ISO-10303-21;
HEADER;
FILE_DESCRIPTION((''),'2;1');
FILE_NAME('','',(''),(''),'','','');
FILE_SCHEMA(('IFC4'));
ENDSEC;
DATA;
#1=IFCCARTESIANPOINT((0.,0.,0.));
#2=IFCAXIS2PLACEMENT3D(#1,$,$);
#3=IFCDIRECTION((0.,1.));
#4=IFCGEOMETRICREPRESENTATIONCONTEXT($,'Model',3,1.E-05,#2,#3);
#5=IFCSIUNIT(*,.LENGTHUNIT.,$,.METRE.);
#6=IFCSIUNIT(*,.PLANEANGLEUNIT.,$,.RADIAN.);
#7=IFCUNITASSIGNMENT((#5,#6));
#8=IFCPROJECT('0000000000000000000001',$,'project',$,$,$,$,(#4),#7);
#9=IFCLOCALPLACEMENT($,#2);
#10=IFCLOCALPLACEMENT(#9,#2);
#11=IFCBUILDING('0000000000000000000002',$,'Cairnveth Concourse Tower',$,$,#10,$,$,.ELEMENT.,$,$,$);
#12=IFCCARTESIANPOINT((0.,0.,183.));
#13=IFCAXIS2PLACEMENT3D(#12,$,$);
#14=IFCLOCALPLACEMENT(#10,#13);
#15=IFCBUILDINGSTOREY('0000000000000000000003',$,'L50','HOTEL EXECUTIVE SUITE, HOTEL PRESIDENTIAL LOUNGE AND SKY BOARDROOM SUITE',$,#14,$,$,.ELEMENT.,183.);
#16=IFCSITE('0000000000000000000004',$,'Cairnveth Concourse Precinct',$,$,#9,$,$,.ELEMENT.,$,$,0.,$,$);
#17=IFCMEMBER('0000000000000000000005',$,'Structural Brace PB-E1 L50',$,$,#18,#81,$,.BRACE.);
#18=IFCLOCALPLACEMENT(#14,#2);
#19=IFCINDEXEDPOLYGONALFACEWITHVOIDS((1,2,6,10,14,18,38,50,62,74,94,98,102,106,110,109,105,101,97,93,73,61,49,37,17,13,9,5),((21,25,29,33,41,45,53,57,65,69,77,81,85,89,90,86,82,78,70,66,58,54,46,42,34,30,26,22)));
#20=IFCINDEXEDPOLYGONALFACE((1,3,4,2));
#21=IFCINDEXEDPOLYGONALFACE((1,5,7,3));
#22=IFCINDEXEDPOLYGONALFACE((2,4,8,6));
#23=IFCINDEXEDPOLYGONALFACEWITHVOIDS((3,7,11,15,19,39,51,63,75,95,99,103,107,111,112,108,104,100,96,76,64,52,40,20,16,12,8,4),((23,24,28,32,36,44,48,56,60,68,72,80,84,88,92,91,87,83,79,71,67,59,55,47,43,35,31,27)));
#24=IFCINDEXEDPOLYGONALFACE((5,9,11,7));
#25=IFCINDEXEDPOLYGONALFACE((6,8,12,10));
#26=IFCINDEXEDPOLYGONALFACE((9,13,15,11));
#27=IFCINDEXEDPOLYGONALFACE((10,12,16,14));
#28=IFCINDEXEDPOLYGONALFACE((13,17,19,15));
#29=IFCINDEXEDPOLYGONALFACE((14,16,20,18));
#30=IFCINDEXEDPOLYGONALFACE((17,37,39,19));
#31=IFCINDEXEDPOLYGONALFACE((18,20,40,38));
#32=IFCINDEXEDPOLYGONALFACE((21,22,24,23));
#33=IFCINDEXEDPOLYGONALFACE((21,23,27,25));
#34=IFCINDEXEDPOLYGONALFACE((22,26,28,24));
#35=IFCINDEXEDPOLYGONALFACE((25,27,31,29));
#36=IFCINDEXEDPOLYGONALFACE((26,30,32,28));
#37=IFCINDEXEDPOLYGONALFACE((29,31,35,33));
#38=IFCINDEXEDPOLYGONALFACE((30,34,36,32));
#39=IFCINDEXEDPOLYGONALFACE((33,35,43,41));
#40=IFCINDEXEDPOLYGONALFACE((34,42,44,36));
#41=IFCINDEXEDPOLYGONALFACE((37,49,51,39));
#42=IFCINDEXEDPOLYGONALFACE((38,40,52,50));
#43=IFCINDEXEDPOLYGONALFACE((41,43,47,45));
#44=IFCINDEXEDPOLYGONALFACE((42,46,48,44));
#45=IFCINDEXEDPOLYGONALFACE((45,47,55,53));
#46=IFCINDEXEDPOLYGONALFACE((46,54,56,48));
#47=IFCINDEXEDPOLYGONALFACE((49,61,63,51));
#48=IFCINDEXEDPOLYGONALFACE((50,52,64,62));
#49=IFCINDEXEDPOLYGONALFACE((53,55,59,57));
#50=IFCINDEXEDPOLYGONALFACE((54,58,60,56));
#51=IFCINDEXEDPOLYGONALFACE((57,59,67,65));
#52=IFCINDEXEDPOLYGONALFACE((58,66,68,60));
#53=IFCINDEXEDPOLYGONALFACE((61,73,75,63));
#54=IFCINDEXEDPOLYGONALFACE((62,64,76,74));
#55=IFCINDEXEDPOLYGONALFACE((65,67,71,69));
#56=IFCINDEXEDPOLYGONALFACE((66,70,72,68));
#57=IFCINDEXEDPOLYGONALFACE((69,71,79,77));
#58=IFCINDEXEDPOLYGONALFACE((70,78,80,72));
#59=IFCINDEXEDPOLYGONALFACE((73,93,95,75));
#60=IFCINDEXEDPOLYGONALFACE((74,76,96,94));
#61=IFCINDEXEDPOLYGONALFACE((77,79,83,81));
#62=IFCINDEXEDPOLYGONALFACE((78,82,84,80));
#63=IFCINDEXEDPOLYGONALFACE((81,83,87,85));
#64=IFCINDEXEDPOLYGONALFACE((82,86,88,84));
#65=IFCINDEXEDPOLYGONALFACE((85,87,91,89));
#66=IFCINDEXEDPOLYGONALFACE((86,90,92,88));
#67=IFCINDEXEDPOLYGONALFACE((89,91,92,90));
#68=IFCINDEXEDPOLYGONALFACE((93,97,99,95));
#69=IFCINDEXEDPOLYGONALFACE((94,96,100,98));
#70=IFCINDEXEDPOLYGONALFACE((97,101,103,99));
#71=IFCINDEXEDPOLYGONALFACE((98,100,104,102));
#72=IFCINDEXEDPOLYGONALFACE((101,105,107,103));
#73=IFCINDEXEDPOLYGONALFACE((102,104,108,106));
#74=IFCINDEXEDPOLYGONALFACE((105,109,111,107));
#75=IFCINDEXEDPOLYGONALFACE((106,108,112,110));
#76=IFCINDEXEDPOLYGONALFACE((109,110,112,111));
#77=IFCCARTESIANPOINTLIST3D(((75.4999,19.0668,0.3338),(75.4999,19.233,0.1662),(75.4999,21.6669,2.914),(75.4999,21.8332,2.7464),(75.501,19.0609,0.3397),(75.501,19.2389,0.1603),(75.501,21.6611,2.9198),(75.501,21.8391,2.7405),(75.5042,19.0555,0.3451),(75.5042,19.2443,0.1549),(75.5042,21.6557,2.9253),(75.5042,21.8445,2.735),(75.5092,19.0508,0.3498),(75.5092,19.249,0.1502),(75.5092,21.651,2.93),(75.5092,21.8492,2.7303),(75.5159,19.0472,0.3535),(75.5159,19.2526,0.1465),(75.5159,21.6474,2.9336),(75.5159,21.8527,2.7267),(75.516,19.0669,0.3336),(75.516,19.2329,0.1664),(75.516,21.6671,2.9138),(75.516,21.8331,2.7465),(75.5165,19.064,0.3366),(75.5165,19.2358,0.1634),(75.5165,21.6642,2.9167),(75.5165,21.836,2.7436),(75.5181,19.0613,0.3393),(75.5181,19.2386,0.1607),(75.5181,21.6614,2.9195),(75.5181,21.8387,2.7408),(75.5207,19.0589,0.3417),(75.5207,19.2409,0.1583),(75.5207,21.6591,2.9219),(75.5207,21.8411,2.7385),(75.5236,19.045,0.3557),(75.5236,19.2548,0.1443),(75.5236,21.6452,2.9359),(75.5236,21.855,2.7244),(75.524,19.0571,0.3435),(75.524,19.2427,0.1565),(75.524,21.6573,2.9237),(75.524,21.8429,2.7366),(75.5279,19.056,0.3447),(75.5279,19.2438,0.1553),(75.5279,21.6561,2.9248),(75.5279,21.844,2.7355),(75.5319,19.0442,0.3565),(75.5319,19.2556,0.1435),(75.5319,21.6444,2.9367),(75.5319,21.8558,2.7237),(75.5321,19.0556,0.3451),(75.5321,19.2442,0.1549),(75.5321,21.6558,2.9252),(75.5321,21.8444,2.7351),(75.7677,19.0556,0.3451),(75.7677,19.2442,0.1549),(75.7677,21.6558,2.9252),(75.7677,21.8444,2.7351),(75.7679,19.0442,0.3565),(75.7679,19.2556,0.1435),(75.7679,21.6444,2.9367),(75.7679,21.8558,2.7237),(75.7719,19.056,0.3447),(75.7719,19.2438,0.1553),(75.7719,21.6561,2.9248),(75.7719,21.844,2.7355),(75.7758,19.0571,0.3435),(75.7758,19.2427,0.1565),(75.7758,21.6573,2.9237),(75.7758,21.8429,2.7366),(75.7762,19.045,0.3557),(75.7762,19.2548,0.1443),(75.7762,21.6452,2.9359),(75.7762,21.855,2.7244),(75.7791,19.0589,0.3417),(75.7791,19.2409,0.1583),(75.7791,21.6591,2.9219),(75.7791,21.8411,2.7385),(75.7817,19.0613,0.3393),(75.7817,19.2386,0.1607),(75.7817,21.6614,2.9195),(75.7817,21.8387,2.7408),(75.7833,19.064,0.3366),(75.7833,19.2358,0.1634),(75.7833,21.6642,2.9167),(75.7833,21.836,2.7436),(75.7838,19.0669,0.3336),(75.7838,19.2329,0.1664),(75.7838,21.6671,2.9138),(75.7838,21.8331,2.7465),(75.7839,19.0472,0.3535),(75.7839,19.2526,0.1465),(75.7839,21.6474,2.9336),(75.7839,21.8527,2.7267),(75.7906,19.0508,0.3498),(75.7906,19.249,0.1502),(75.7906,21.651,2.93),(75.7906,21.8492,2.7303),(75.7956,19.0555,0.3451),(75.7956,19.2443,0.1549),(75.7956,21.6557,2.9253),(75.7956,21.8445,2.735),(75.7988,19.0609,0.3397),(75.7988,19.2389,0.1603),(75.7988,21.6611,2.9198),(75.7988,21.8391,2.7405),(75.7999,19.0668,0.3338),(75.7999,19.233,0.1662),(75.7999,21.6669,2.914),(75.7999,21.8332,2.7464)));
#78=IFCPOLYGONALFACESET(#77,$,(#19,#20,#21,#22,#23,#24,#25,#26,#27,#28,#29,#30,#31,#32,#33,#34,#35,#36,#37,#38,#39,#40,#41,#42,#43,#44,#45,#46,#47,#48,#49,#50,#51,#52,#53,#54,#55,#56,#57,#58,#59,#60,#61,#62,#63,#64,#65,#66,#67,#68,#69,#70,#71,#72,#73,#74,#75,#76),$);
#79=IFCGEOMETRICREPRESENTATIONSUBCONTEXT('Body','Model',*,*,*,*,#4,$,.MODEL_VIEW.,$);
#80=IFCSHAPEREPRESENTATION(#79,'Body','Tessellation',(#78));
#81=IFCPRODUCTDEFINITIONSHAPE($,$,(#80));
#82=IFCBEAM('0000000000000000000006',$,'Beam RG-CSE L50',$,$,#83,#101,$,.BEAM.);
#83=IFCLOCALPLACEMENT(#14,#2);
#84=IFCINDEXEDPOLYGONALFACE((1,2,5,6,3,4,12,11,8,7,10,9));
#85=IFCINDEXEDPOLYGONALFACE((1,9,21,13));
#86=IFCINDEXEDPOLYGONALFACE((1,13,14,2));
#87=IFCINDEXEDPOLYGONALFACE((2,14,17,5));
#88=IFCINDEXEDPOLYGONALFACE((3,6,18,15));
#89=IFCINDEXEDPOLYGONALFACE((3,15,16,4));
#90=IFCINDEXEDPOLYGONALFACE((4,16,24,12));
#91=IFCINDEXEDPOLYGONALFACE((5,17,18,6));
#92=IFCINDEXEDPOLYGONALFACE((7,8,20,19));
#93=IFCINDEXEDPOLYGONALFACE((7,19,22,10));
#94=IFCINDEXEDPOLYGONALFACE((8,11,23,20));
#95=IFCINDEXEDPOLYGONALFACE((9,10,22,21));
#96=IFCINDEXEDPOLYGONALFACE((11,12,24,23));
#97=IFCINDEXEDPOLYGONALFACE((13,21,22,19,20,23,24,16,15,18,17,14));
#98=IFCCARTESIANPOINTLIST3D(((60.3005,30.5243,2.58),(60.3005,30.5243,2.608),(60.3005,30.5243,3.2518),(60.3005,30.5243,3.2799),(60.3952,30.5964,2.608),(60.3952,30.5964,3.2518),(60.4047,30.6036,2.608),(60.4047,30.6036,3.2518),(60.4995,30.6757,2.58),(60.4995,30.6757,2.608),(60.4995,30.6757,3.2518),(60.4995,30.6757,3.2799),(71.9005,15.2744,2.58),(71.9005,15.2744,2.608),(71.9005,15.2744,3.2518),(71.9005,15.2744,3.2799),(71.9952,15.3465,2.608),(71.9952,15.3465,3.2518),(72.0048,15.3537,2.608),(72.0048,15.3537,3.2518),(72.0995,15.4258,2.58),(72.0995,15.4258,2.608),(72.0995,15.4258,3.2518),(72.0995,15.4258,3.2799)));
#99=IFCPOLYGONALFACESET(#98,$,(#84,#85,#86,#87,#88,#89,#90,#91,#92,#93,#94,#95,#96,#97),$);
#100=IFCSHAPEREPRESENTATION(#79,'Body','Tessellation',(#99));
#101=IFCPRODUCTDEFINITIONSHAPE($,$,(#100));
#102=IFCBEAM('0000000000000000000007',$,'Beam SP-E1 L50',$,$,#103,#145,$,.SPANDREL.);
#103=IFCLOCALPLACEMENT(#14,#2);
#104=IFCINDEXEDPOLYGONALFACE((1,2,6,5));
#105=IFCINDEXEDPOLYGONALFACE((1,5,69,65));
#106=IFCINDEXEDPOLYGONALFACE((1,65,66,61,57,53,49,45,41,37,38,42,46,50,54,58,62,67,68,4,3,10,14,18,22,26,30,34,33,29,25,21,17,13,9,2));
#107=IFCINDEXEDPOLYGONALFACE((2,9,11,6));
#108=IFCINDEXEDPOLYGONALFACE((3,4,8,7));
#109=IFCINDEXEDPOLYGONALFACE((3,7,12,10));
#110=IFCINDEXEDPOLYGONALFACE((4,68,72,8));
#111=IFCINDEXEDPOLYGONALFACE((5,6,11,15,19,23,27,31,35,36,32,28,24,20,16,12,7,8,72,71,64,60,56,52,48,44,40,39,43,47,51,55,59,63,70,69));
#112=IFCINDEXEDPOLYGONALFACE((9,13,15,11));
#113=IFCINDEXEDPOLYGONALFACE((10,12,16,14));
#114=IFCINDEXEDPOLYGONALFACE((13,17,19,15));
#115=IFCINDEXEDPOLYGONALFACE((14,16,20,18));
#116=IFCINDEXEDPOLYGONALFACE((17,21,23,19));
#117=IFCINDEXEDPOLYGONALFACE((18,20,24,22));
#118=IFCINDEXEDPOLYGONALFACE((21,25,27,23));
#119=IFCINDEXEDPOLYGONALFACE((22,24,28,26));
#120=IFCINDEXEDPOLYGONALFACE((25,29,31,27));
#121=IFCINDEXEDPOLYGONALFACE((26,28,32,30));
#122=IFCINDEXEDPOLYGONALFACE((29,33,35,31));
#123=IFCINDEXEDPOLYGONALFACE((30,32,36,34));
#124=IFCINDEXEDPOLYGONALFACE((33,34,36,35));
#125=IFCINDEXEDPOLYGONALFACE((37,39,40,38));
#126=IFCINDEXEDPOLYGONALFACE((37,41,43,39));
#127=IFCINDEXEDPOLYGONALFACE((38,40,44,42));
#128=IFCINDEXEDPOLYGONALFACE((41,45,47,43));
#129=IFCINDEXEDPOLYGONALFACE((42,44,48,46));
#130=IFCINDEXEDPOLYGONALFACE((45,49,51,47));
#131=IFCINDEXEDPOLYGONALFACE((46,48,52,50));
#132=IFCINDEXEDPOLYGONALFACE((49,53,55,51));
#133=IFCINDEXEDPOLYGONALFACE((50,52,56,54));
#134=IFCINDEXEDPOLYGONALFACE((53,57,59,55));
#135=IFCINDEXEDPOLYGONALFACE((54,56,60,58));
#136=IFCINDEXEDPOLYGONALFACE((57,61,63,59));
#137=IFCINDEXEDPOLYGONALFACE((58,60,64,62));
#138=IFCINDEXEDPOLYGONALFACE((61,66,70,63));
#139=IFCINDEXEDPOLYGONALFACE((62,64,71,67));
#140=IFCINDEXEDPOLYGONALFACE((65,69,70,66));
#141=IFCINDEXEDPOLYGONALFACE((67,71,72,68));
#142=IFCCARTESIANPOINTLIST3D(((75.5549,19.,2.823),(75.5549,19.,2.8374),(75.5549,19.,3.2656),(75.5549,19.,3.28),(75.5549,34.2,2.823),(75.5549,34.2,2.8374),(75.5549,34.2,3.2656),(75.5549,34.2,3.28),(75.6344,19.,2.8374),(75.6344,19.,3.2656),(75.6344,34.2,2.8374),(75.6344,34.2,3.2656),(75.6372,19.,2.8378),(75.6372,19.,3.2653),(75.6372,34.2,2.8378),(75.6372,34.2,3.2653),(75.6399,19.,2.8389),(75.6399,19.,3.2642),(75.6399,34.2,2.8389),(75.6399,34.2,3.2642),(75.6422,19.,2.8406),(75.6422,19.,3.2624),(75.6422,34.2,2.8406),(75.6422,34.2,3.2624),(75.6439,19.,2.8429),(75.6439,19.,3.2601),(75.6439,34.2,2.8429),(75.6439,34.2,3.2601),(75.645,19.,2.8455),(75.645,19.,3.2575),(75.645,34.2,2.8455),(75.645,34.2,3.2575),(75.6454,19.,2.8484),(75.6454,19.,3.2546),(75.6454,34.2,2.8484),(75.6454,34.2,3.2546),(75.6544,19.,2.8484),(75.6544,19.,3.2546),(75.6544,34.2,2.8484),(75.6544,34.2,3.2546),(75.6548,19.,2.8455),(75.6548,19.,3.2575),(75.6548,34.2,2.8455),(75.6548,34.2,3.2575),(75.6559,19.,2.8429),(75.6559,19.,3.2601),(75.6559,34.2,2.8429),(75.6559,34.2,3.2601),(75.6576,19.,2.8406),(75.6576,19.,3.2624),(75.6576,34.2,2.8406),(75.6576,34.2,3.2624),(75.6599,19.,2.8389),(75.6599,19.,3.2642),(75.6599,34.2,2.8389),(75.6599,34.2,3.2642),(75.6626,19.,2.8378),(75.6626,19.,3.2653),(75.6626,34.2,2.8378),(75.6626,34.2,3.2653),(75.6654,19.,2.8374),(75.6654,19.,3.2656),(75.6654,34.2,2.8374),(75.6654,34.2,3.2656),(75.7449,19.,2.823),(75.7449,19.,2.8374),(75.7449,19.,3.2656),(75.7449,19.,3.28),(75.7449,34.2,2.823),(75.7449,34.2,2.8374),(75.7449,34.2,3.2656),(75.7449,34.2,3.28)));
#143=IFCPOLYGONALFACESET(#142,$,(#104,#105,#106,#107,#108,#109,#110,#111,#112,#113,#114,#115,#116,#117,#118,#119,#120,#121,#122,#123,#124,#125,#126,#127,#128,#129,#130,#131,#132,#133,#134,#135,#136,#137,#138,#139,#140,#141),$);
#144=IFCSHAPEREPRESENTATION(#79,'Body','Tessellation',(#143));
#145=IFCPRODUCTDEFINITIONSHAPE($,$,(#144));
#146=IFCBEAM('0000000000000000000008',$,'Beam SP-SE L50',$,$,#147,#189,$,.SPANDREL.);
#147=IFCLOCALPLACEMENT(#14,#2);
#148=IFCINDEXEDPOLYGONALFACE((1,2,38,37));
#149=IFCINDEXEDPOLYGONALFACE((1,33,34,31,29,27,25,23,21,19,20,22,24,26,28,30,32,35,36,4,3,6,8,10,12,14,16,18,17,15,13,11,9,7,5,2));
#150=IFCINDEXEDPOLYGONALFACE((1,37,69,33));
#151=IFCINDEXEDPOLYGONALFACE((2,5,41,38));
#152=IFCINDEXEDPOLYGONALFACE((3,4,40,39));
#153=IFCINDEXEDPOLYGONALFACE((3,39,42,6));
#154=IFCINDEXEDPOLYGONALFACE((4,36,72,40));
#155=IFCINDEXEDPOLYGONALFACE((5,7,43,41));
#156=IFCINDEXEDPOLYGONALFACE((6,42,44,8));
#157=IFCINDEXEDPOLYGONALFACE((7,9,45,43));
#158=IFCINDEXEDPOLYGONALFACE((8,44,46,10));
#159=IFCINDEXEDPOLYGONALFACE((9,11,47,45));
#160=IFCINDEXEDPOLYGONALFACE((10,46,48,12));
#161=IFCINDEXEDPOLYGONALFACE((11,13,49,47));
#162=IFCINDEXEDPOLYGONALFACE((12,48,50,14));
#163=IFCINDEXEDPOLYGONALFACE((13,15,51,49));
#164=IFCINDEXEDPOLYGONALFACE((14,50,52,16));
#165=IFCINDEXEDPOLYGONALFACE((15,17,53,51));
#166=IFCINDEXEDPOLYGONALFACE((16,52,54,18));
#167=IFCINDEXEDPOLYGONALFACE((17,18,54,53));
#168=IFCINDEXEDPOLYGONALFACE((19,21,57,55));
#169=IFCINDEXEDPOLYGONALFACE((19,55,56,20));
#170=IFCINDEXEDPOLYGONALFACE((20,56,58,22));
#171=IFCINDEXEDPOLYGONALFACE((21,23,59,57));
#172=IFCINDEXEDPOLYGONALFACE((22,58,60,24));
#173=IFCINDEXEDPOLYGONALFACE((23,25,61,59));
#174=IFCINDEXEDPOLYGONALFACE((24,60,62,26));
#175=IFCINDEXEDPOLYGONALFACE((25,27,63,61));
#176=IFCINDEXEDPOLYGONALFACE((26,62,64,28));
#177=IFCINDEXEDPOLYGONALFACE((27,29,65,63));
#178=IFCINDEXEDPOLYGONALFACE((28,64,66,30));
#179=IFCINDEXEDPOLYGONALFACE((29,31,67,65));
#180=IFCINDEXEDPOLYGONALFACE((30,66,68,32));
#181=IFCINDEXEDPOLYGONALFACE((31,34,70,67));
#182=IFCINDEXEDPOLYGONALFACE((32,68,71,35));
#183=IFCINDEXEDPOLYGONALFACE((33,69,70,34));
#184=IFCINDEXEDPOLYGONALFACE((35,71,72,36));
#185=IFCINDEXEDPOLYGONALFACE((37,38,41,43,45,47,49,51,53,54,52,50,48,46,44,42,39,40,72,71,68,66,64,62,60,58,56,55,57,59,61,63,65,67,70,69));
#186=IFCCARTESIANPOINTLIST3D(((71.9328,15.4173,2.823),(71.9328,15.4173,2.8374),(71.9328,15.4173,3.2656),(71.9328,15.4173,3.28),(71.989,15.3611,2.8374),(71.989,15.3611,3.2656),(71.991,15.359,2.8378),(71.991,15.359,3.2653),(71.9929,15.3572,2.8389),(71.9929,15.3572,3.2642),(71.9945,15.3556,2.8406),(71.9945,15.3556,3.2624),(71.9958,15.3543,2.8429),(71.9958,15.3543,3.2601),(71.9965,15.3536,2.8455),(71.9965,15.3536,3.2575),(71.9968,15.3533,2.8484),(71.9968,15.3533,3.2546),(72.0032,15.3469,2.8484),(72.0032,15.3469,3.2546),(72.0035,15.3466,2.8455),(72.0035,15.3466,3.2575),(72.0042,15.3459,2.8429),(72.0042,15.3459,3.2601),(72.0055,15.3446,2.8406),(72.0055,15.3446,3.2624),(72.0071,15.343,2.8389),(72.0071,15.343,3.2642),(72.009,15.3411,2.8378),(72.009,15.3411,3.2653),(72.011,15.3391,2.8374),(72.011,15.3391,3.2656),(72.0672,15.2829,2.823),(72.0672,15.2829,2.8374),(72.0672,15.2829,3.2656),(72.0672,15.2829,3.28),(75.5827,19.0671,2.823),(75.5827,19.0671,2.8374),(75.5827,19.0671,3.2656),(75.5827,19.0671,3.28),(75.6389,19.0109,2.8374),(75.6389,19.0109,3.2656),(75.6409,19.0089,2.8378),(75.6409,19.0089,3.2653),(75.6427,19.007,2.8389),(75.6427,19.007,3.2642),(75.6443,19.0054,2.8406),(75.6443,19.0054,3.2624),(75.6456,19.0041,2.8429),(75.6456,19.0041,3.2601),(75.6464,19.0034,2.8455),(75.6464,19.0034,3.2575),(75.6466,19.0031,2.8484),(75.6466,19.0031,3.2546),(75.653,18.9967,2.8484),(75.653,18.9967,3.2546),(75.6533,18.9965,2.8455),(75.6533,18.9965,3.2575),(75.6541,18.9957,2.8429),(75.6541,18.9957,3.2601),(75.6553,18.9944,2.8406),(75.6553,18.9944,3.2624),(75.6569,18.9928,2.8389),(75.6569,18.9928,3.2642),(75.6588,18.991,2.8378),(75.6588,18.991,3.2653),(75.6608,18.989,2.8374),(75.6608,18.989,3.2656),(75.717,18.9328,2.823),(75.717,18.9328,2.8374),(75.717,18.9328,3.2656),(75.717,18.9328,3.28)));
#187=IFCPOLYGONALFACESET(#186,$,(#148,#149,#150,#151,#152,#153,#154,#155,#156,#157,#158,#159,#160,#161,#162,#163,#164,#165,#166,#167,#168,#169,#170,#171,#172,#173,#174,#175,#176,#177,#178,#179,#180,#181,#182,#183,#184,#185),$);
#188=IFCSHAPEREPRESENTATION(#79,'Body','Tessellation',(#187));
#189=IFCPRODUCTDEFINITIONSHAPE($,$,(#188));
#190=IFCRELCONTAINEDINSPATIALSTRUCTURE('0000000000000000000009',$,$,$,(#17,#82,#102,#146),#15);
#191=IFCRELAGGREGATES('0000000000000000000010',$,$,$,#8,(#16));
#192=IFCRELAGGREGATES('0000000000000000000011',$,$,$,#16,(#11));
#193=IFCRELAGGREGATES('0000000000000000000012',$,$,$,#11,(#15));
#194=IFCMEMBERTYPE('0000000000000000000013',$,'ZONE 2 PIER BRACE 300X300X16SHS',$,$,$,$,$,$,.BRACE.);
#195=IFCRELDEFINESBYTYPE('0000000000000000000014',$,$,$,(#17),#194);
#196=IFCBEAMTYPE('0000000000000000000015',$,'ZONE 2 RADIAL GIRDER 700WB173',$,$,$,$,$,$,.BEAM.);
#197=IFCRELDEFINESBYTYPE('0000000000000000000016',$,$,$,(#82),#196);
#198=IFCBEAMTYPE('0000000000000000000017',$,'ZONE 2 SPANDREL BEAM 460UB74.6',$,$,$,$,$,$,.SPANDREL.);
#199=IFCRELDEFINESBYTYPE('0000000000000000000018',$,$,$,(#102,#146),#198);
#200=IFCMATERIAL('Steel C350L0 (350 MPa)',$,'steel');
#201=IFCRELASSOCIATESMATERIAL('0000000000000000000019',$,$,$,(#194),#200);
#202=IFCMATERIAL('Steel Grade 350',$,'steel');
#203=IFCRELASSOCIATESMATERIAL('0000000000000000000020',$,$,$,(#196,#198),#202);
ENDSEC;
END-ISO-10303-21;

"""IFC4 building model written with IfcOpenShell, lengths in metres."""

from ifc_helpers import new_model, si_unit, direction, frame, origin, origin_2d, place, context, subcontext, project, spatial, hollow_rectangle, i_section, extrude, material, material_profile, profile_set, type_object, element, save


model = new_model("IFC4")

# Units and contexts
model_context = context("Model", 3, precision=1e-05, world=origin(), true_north=direction((0.0, 1.0)))
body_context = subcontext(model_context, "Body", "Model", "MODEL_VIEW")
ifc_project = project(units=[si_unit("LENGTHUNIT", "METRE"), si_unit("PLANEANGLEUNIT", "RADIAN")], contexts=[model_context])

# Site, building, storey
site_placement = place(None, origin())
site = spatial("IfcSite", under=ifc_project, at=site_placement, Name="Cairnveth Concourse Precinct", CompositionType="ELEMENT", RefElevation=0.0)
building_placement = place(site_placement, origin())
building = spatial("IfcBuilding", under=site, at=building_placement, Name="Cairnveth Concourse Tower", CompositionType="ELEMENT")
storey_placement = place(building_placement, frame((0.0, 0.0, 183.0)))
storey = spatial("IfcBuildingStorey", under=building, at=storey_placement, Name="L50", Description="HOTEL EXECUTIVE SUITE, HOTEL PRESIDENTIAL LOUNGE AND SKY BOARDROOM SUITE", CompositionType="ELEMENT", Elevation=183.0)

# Shared definitions
ifc_material_1 = material(Name="Steel Grade 350", Category="steel")

# Member
ifc_material_2 = material(Name="Steel C350L0 (350 MPa)", Category="steel")
ifc_material_profile_1 = material_profile(ifc_material_2, hollow_rectangle(XDim=0.3, YDim=0.3, WallThickness=0.0161, InnerFilletRadius=0.0161, OuterFilletRadius=0.032, at=origin_2d()), Name="300x300x16.0SHS")
ifc_profile_set_1 = profile_set([ifc_material_profile_1], Name="Steel C350L0 (350 MPa)")
member_type = type_object("IfcMemberType", Name="ZONE 2 PIER BRACE 300X300X16SHS", PredefinedType="BRACE", material=ifc_profile_set_1)
for number, where, z_axis, x_axis, name in (
    (1, (75.6499, 19.1499, 0.25), (0.0, 0.709834, 0.704369), (-1.0, 0.0, 0.0), "Structural Brace PB-E1 L50"),
):
    element("IfcMember", number, at=place(storey_placement, frame(where, z_axis=z_axis, x_axis=x_axis)), inside=storey, type_object=member_type, Name=name, PredefinedType="BRACE", context=body_context, shape_type="SweptSolid", body=[
        extrude(hollow_rectangle(XDim=0.3, YDim=0.3, WallThickness=0.0161, InnerFilletRadius=0.0161, OuterFilletRadius=0.032, at=origin_2d()), origin(), (0.0, 0.0, 1.0), 3.6631),
    ])

# Beams
ifc_material_profile_2 = material_profile(ifc_material_1, i_section(OverallWidth=0.25, OverallDepth=0.7, WebThickness=0.012, FlangeThickness=0.0281, at=origin_2d()), Name="700WB173")
ifc_profile_set_2 = profile_set([ifc_material_profile_2], Name="Steel Grade 350")
beam_type_1 = type_object("IfcBeamType", Name="ZONE 2 RADIAL GIRDER 700WB173", PredefinedType="BEAM", material=ifc_profile_set_2)
beam_1_placement = place(storey_placement, frame((72.0, 15.3501, 2.9299), z_axis=(-0.605417, 0.795908, 0.0), x_axis=(-0.795908, -0.605417, 0.0)))
element("IfcBeam", 2, at=beam_1_placement, inside=storey, type_object=beam_type_1, Name="Beam RG-CSE L50", PredefinedType="BEAM", context=body_context, shape_type="SweptSolid", body=[
    extrude(i_section(OverallWidth=0.25, OverallDepth=0.7, WebThickness=0.012, FlangeThickness=0.0281, at=origin_2d()), origin(), (0.0, 0.0, 1.0), 19.1604),
])
ifc_material_profile_3 = material_profile(ifc_material_1, i_section(OverallWidth=0.1899, OverallDepth=0.457, WebThickness=0.009, FlangeThickness=0.0144, FilletRadius=0.011, at=origin_2d()), Name="460UB74.6")
ifc_profile_set_3 = profile_set([ifc_material_profile_3], Name="Steel Grade 350")
beam_type_2 = type_object("IfcBeamType", Name="ZONE 2 SPANDREL BEAM 460UB74.6", PredefinedType="SPANDREL", material=ifc_profile_set_3)
beam_2_placement = place(storey_placement, frame((75.6499, 19.0, 3.0515), z_axis=(0.0, 1.0, 0.0), x_axis=(-1.0, 0.0, 0.0)))
element("IfcBeam", 3, at=beam_2_placement, inside=storey, type_object=beam_type_2, Name="Beam SP-E1 L50", PredefinedType="SPANDREL", context=body_context, shape_type="SweptSolid", body=[
    extrude(i_section(OverallWidth=0.1899, OverallDepth=0.457, WebThickness=0.009, FlangeThickness=0.0144, FilletRadius=0.011, at=origin_2d()), origin(), (0.0, 0.0, 1.0), 15.2),
])
beam_3_placement = place(storey_placement, frame((72.0, 15.3501, 3.0515), z_axis=(0.707107, 0.707107, 0.0), x_axis=(-0.707107, 0.707107, 0.0)))
element("IfcBeam", 4, at=beam_3_placement, inside=storey, type_object=beam_type_2, Name="Beam SP-SE L50", PredefinedType="SPANDREL", context=body_context, shape_type="SweptSolid", body=[
    extrude(i_section(OverallWidth=0.1899, OverallDepth=0.457, WebThickness=0.009, FlangeThickness=0.0144, FilletRadius=0.011, at=origin_2d()), origin(), (0.0, 0.0, 1.0), 5.1616),
])

save(model, "model.ifc")
